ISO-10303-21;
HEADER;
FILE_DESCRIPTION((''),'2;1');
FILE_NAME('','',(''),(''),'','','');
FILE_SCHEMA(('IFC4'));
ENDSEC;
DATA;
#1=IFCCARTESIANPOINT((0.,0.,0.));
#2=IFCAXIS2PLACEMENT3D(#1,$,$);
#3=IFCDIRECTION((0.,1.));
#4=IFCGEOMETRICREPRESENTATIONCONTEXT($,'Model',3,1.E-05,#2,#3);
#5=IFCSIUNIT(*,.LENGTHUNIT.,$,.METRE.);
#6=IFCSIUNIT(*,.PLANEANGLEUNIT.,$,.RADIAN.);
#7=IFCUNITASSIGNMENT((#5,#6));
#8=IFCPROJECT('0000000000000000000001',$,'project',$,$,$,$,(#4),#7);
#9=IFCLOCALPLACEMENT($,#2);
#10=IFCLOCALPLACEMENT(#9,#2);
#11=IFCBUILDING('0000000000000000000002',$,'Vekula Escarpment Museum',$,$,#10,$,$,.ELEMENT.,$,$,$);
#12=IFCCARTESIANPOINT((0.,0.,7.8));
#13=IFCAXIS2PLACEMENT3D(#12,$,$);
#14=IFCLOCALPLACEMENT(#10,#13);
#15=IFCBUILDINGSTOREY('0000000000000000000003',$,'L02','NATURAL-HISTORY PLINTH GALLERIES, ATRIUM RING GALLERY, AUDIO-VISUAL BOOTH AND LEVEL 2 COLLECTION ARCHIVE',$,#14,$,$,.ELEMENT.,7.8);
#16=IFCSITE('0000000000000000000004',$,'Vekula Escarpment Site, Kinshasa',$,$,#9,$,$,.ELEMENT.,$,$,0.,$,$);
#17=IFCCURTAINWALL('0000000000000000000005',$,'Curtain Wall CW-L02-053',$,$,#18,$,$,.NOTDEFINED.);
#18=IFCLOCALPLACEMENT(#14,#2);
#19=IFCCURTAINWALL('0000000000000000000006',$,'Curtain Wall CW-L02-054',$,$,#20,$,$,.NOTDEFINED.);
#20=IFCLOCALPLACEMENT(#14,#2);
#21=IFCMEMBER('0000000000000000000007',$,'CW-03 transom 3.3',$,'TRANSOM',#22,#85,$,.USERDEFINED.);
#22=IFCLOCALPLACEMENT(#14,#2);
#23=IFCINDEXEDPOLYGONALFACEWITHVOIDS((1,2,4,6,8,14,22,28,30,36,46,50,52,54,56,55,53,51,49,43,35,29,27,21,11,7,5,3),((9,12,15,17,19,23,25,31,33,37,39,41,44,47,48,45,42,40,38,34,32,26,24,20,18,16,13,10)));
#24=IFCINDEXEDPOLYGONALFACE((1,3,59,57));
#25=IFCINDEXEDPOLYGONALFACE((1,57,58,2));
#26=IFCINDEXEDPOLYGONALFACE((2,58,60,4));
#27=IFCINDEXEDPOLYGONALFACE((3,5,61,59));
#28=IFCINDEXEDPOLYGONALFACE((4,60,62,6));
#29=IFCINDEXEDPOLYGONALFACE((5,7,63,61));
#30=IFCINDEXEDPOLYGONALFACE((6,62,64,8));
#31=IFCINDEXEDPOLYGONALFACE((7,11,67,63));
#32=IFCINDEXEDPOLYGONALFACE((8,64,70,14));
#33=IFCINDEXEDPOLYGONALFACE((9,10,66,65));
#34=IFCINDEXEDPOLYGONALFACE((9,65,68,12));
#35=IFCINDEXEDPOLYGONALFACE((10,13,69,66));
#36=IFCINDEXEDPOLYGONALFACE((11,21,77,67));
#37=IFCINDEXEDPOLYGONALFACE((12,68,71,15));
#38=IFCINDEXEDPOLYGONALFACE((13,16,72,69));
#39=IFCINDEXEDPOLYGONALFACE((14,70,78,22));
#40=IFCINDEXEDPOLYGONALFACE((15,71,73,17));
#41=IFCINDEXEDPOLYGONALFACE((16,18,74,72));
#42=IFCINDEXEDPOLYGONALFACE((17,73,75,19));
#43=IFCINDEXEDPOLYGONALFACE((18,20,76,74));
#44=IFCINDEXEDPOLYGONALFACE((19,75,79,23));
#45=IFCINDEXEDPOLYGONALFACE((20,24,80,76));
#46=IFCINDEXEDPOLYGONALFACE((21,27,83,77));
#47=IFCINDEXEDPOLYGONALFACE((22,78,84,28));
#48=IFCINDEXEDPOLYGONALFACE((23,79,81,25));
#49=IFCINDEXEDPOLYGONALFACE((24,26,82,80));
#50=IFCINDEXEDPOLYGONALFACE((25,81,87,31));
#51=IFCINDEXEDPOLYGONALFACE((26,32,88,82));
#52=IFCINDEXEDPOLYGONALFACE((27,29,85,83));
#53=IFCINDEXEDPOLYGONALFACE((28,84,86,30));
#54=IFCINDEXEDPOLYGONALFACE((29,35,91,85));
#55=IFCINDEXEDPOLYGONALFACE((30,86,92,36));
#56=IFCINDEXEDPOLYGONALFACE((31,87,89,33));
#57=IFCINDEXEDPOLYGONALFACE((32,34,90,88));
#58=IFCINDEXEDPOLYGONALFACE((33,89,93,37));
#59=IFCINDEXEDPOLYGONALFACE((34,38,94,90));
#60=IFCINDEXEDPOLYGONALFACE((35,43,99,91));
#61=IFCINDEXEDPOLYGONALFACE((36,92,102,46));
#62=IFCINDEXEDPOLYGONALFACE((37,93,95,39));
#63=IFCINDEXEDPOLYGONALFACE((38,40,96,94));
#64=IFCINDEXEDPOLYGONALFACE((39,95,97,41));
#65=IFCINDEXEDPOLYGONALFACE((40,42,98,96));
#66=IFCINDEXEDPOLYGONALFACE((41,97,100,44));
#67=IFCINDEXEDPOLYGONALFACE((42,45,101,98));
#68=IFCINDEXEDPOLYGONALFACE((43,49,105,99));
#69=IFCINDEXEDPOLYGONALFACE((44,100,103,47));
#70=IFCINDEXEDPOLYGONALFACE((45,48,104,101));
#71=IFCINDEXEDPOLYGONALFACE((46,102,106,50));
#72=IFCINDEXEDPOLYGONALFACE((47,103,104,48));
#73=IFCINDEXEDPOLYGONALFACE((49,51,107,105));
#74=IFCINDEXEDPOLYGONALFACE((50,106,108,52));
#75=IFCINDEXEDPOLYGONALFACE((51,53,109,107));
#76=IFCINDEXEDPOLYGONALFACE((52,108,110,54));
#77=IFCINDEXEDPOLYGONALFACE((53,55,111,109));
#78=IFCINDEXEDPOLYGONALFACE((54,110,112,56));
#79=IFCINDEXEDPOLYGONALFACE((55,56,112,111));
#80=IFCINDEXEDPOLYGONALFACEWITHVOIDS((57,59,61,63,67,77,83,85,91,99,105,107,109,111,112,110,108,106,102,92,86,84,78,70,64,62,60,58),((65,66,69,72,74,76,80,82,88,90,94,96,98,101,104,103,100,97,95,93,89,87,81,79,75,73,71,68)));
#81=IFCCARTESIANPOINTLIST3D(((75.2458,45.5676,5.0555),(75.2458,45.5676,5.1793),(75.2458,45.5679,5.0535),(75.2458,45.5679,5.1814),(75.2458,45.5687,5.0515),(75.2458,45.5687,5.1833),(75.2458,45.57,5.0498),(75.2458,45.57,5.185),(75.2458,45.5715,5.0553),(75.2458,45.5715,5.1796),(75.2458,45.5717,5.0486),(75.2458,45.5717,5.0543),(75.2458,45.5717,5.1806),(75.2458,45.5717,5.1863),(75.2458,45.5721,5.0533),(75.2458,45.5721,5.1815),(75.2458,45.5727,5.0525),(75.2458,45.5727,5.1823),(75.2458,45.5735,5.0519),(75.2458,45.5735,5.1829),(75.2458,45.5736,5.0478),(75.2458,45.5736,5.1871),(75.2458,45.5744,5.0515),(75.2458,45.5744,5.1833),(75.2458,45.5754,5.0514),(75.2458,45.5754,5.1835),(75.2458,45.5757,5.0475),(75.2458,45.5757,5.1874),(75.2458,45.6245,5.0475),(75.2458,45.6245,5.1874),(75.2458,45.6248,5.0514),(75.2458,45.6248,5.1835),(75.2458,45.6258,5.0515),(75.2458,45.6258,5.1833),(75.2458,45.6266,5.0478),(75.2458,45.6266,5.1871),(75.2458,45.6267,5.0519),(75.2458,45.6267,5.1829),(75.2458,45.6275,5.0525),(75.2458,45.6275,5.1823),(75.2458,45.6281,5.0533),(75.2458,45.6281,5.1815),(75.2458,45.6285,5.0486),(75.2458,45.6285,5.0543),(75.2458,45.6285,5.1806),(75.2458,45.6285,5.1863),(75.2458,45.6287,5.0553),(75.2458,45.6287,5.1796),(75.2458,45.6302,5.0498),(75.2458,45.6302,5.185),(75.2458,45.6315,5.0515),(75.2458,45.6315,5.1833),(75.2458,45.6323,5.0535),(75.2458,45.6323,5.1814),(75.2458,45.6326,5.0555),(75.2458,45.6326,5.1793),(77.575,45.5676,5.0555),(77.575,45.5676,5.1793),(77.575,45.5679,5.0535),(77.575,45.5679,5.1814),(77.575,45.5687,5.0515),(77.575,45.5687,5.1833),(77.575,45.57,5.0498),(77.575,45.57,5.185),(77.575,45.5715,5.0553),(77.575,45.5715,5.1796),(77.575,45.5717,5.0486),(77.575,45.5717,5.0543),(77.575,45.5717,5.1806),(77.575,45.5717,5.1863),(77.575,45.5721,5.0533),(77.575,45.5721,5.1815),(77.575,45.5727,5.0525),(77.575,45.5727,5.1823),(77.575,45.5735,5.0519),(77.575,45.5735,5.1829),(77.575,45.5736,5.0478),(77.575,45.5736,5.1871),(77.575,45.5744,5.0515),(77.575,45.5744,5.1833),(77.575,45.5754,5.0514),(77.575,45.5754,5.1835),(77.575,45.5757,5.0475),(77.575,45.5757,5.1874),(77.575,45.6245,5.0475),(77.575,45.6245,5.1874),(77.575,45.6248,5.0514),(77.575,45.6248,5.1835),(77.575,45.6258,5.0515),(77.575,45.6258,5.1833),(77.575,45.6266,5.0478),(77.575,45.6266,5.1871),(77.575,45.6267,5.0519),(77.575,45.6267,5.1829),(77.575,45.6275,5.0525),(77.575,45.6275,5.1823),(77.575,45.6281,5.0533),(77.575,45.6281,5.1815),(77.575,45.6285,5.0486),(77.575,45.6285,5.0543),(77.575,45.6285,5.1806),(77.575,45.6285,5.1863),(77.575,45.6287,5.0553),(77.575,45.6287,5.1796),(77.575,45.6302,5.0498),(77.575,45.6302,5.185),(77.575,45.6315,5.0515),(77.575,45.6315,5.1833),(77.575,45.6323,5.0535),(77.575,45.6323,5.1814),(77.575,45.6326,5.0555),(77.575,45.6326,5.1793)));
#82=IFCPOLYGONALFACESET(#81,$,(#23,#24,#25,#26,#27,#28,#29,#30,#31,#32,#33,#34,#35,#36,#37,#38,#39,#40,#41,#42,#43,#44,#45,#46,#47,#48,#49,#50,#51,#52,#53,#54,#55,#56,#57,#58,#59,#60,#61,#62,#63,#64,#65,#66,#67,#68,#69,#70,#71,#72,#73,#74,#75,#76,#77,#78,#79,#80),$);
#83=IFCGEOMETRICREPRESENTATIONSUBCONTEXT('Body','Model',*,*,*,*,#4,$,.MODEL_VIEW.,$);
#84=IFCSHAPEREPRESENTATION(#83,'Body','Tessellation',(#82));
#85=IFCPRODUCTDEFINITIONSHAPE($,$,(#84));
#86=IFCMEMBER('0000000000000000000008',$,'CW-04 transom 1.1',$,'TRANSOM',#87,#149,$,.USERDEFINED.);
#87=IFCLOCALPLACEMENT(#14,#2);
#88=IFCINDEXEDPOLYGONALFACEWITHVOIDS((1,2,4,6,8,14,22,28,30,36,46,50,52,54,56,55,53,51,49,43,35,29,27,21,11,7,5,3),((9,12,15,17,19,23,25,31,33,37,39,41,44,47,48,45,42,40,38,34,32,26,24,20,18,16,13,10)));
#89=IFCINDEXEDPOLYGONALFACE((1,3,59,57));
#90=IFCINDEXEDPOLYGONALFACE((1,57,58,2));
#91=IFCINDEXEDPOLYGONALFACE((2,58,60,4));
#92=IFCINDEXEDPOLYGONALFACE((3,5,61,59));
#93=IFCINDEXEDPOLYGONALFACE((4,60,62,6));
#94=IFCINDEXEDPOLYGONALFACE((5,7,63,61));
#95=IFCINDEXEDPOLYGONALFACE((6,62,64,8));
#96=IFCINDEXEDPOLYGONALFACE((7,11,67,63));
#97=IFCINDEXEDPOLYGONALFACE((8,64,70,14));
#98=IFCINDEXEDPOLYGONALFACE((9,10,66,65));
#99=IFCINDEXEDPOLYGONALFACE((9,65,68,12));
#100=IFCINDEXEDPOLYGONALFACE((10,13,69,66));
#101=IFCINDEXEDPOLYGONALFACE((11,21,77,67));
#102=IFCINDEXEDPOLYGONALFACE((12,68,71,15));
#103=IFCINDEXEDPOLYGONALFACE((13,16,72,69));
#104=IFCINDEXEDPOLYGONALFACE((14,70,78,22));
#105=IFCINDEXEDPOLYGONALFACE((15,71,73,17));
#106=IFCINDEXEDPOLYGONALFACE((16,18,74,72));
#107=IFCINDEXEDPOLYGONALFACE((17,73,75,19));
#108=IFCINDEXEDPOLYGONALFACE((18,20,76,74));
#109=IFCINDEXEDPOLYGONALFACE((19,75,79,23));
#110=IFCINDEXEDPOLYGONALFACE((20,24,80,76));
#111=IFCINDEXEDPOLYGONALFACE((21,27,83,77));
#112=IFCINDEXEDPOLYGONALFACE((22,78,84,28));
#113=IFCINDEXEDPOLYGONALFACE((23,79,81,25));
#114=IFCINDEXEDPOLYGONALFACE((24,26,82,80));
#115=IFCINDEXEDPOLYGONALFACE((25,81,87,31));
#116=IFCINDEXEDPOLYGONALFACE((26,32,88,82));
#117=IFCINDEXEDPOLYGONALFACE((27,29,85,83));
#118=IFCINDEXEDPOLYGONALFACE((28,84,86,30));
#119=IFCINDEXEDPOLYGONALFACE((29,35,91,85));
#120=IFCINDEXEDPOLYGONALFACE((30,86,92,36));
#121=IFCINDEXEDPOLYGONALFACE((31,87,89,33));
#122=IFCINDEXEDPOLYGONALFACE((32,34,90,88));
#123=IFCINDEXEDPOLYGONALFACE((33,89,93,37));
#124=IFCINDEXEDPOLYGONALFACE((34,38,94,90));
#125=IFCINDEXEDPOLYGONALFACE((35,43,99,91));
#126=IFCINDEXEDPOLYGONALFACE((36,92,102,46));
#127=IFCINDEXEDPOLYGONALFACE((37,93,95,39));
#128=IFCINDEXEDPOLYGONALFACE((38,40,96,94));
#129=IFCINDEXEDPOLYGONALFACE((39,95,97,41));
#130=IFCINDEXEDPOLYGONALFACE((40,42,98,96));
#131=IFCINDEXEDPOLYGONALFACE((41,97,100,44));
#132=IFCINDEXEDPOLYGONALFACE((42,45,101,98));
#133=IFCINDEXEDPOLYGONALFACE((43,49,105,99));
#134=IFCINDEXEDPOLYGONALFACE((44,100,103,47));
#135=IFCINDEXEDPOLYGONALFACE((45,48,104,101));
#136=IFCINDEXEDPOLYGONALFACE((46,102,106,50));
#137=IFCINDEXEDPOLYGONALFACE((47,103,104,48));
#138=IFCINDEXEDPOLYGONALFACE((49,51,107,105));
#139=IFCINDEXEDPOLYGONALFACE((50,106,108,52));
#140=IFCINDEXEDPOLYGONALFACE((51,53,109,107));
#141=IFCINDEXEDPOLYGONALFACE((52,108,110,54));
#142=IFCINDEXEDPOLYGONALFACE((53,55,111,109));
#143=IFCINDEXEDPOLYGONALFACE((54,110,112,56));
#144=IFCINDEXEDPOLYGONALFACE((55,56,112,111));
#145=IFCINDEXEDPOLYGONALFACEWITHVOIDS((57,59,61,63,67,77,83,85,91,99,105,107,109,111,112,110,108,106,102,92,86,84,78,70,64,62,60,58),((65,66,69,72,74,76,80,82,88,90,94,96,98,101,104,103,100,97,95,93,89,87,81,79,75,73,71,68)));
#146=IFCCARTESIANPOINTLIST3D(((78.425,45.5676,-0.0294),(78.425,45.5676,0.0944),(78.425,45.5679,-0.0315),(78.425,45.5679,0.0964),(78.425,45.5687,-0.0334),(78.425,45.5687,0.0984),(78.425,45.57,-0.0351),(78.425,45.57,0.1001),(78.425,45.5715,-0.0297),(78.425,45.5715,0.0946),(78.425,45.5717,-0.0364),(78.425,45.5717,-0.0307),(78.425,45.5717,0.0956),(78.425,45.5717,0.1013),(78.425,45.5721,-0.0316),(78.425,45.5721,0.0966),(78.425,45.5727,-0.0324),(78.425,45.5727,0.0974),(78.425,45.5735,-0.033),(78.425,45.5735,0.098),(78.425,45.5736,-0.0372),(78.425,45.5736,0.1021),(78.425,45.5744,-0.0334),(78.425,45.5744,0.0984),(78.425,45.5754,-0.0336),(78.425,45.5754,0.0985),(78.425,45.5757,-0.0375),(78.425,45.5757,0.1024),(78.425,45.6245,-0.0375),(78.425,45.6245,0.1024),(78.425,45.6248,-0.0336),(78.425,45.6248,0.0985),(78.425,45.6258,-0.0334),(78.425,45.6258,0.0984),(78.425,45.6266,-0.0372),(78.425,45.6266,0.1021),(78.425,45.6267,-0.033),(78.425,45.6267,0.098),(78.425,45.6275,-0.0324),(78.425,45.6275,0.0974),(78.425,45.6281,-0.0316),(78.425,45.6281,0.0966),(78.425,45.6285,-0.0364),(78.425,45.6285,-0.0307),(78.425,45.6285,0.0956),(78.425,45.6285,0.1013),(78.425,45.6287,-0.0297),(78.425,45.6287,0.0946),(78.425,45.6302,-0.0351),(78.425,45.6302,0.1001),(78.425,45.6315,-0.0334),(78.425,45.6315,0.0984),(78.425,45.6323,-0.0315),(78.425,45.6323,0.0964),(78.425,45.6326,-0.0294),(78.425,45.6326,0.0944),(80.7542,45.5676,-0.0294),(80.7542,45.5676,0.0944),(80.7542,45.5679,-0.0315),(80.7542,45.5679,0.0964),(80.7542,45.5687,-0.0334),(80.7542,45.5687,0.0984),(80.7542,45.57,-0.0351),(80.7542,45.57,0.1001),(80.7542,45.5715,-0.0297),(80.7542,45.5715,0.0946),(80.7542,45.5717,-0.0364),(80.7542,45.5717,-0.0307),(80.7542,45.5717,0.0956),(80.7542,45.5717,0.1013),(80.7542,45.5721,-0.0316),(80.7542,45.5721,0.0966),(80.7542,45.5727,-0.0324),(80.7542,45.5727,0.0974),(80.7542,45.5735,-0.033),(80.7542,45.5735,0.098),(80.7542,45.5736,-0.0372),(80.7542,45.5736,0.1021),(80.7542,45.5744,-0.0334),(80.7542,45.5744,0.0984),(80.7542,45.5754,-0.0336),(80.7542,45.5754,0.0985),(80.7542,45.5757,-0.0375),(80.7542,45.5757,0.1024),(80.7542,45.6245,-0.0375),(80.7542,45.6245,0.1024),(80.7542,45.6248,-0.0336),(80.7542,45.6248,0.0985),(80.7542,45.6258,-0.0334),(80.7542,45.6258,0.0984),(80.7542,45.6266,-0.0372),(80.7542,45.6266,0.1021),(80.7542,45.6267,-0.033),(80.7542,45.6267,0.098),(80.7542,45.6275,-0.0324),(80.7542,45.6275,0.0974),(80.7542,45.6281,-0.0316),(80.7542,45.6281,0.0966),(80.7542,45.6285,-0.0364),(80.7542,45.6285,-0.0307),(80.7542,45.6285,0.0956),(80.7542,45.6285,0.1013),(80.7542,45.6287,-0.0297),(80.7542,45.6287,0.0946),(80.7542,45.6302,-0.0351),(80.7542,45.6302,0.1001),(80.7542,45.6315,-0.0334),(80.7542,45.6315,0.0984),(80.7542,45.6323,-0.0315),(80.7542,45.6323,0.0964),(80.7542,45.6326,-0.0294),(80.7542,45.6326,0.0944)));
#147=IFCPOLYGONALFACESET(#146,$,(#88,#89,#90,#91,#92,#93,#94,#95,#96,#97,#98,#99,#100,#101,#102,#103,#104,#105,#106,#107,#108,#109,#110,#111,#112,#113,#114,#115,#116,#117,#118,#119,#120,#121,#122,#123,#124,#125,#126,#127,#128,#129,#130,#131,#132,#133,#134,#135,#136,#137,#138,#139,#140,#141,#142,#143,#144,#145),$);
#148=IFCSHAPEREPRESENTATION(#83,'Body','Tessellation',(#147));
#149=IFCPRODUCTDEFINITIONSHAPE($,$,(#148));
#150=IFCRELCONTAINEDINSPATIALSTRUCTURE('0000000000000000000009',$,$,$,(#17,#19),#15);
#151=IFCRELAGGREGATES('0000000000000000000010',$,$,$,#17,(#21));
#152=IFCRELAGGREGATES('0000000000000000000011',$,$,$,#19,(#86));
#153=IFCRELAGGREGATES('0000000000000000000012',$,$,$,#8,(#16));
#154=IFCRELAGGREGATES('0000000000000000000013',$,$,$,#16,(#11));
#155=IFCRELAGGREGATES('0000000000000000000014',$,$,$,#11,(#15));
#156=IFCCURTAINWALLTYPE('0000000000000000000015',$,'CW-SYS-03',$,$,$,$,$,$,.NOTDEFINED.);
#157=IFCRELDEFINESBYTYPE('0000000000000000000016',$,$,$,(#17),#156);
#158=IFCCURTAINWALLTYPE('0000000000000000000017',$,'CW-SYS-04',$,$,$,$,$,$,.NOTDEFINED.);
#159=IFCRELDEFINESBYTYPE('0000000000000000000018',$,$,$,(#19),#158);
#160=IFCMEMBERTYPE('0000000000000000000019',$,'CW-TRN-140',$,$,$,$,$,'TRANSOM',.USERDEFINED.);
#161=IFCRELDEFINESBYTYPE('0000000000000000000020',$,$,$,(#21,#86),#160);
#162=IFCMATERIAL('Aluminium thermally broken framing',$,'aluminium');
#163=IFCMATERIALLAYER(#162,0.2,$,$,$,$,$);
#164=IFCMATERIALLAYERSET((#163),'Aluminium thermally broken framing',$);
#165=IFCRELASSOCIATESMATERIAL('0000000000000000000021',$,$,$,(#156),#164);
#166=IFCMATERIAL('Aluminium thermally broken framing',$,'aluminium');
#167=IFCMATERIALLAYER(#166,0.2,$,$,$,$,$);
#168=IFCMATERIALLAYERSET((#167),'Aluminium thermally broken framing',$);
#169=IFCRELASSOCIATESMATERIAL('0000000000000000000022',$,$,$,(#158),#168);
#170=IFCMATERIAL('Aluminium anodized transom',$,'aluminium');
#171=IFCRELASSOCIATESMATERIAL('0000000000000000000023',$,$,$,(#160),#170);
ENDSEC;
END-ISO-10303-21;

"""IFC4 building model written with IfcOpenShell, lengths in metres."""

from ifc_helpers import new_model, si_unit, direction, frame, origin, origin_2d, place, context, subcontext, project, spatial, hollow_rectangle, extrude, material, layer, layer_set, material_profile, profile_set, type_object, element, aggregate, save


model = new_model("IFC4")

# Units and contexts
model_context = context("Model", 3, precision=1e-05, world=origin(), true_north=direction((0.0, 1.0)))
body_context = subcontext(model_context, "Body", "Model", "MODEL_VIEW")
ifc_project = project(units=[si_unit("LENGTHUNIT", "METRE"), si_unit("PLANEANGLEUNIT", "RADIAN")], contexts=[model_context])

# Site, building, storey
site_placement = place(None, origin())
site = spatial("IfcSite", under=ifc_project, at=site_placement, Name="Vekula Escarpment Site, Kinshasa", CompositionType="ELEMENT", RefElevation=0.0)
building_placement = place(site_placement, origin())
building = spatial("IfcBuilding", under=site, at=building_placement, Name="Vekula Escarpment Museum", CompositionType="ELEMENT")
storey_placement = place(building_placement, frame((0.0, 0.0, 7.8)))
storey = spatial("IfcBuildingStorey", under=building, at=storey_placement, Name="L02", Description="NATURAL-HISTORY PLINTH GALLERIES, ATRIUM RING GALLERY, AUDIO-VISUAL BOOTH AND LEVEL 2 COLLECTION ARCHIVE", CompositionType="ELEMENT", Elevation=7.8)

# Curtain walls
ifc_material_1 = material(Name="Aluminium thermally broken framing", Category="aluminium")
ifc_layer_1 = layer(ifc_material_1, 0.2)
ifc_layer_set_1 = layer_set([ifc_layer_1], Name="Aluminium thermally broken framing")
curtain_wall_type_1 = type_object("IfcCurtainWallType", Name="CW-SYS-03", PredefinedType="NOTDEFINED", material=ifc_layer_set_1)
curtain_wall_1_placement = place(storey_placement, origin())
curtain_wall_1 = element("IfcCurtainWall", 1, at=curtain_wall_1_placement, inside=storey, type_object=curtain_wall_type_1, Name="Curtain Wall CW-L02-053", PredefinedType="NOTDEFINED")
ifc_material_2 = material(Name="Aluminium thermally broken framing", Category="aluminium")
ifc_layer_2 = layer(ifc_material_2, 0.2)
ifc_layer_set_2 = layer_set([ifc_layer_2], Name="Aluminium thermally broken framing")
curtain_wall_type_2 = type_object("IfcCurtainWallType", Name="CW-SYS-04", PredefinedType="NOTDEFINED", material=ifc_layer_set_2)
curtain_wall_2_placement = place(storey_placement, origin())
curtain_wall_2 = element("IfcCurtainWall", 2, at=curtain_wall_2_placement, inside=storey, type_object=curtain_wall_type_2, Name="Curtain Wall CW-L02-054", PredefinedType="NOTDEFINED")

# Members
ifc_material_3 = material(Name="Aluminium anodized transom", Category="aluminium")
ifc_material_profile_1 = material_profile(ifc_material_3, hollow_rectangle(XDim=0.0649, YDim=0.1399, WallThickness=0.0039, InnerFilletRadius=0.0039, OuterFilletRadius=0.0081, at=origin_2d()), Name="ALU 140x65x4")
ifc_profile_set_1 = profile_set([ifc_material_profile_1], Name="Aluminium anodized transom")
member_type_1 = type_object("IfcMemberType", Name="CW-TRN-140", ElementType="TRANSOM", PredefinedType="USERDEFINED", material=ifc_profile_set_1)
member_1_placement = place(storey_placement, frame((75.2458, 45.6001, 5.1174), z_axis=(1.0, 0.0, 0.0), x_axis=(0.0, 1.0, 0.0)))
member_1 = element("IfcMember", 3, at=member_1_placement, type_object=member_type_1, Name="CW-03 transom 3.3", ObjectType="TRANSOM", PredefinedType="USERDEFINED", context=body_context, shape_type="SweptSolid", body=[
    extrude(hollow_rectangle(XDim=0.0649, YDim=0.1399, WallThickness=0.0039, InnerFilletRadius=0.0039, OuterFilletRadius=0.0081, at=origin_2d()), origin(), (0.0, 0.0, 1.0), 2.3291),
])
member_2_placement = place(storey_placement, frame((78.425, 45.6001, 0.0325), z_axis=(1.0, 0.0, 0.0), x_axis=(0.0, 1.0, 0.0)))
member_2 = element("IfcMember", 4, at=member_2_placement, type_object=member_type_1, Name="CW-04 transom 1.1", ObjectType="TRANSOM", PredefinedType="USERDEFINED", context=body_context, shape_type="SweptSolid", body=[
    extrude(hollow_rectangle(XDim=0.0649, YDim=0.1399, WallThickness=0.0039, InnerFilletRadius=0.0039, OuterFilletRadius=0.0081, at=origin_2d()), origin(), (0.0, 0.0, 1.0), 2.3291),
])

aggregate(curtain_wall_1, [member_1])
aggregate(curtain_wall_2, [member_2])

save(model, "model.ifc")
